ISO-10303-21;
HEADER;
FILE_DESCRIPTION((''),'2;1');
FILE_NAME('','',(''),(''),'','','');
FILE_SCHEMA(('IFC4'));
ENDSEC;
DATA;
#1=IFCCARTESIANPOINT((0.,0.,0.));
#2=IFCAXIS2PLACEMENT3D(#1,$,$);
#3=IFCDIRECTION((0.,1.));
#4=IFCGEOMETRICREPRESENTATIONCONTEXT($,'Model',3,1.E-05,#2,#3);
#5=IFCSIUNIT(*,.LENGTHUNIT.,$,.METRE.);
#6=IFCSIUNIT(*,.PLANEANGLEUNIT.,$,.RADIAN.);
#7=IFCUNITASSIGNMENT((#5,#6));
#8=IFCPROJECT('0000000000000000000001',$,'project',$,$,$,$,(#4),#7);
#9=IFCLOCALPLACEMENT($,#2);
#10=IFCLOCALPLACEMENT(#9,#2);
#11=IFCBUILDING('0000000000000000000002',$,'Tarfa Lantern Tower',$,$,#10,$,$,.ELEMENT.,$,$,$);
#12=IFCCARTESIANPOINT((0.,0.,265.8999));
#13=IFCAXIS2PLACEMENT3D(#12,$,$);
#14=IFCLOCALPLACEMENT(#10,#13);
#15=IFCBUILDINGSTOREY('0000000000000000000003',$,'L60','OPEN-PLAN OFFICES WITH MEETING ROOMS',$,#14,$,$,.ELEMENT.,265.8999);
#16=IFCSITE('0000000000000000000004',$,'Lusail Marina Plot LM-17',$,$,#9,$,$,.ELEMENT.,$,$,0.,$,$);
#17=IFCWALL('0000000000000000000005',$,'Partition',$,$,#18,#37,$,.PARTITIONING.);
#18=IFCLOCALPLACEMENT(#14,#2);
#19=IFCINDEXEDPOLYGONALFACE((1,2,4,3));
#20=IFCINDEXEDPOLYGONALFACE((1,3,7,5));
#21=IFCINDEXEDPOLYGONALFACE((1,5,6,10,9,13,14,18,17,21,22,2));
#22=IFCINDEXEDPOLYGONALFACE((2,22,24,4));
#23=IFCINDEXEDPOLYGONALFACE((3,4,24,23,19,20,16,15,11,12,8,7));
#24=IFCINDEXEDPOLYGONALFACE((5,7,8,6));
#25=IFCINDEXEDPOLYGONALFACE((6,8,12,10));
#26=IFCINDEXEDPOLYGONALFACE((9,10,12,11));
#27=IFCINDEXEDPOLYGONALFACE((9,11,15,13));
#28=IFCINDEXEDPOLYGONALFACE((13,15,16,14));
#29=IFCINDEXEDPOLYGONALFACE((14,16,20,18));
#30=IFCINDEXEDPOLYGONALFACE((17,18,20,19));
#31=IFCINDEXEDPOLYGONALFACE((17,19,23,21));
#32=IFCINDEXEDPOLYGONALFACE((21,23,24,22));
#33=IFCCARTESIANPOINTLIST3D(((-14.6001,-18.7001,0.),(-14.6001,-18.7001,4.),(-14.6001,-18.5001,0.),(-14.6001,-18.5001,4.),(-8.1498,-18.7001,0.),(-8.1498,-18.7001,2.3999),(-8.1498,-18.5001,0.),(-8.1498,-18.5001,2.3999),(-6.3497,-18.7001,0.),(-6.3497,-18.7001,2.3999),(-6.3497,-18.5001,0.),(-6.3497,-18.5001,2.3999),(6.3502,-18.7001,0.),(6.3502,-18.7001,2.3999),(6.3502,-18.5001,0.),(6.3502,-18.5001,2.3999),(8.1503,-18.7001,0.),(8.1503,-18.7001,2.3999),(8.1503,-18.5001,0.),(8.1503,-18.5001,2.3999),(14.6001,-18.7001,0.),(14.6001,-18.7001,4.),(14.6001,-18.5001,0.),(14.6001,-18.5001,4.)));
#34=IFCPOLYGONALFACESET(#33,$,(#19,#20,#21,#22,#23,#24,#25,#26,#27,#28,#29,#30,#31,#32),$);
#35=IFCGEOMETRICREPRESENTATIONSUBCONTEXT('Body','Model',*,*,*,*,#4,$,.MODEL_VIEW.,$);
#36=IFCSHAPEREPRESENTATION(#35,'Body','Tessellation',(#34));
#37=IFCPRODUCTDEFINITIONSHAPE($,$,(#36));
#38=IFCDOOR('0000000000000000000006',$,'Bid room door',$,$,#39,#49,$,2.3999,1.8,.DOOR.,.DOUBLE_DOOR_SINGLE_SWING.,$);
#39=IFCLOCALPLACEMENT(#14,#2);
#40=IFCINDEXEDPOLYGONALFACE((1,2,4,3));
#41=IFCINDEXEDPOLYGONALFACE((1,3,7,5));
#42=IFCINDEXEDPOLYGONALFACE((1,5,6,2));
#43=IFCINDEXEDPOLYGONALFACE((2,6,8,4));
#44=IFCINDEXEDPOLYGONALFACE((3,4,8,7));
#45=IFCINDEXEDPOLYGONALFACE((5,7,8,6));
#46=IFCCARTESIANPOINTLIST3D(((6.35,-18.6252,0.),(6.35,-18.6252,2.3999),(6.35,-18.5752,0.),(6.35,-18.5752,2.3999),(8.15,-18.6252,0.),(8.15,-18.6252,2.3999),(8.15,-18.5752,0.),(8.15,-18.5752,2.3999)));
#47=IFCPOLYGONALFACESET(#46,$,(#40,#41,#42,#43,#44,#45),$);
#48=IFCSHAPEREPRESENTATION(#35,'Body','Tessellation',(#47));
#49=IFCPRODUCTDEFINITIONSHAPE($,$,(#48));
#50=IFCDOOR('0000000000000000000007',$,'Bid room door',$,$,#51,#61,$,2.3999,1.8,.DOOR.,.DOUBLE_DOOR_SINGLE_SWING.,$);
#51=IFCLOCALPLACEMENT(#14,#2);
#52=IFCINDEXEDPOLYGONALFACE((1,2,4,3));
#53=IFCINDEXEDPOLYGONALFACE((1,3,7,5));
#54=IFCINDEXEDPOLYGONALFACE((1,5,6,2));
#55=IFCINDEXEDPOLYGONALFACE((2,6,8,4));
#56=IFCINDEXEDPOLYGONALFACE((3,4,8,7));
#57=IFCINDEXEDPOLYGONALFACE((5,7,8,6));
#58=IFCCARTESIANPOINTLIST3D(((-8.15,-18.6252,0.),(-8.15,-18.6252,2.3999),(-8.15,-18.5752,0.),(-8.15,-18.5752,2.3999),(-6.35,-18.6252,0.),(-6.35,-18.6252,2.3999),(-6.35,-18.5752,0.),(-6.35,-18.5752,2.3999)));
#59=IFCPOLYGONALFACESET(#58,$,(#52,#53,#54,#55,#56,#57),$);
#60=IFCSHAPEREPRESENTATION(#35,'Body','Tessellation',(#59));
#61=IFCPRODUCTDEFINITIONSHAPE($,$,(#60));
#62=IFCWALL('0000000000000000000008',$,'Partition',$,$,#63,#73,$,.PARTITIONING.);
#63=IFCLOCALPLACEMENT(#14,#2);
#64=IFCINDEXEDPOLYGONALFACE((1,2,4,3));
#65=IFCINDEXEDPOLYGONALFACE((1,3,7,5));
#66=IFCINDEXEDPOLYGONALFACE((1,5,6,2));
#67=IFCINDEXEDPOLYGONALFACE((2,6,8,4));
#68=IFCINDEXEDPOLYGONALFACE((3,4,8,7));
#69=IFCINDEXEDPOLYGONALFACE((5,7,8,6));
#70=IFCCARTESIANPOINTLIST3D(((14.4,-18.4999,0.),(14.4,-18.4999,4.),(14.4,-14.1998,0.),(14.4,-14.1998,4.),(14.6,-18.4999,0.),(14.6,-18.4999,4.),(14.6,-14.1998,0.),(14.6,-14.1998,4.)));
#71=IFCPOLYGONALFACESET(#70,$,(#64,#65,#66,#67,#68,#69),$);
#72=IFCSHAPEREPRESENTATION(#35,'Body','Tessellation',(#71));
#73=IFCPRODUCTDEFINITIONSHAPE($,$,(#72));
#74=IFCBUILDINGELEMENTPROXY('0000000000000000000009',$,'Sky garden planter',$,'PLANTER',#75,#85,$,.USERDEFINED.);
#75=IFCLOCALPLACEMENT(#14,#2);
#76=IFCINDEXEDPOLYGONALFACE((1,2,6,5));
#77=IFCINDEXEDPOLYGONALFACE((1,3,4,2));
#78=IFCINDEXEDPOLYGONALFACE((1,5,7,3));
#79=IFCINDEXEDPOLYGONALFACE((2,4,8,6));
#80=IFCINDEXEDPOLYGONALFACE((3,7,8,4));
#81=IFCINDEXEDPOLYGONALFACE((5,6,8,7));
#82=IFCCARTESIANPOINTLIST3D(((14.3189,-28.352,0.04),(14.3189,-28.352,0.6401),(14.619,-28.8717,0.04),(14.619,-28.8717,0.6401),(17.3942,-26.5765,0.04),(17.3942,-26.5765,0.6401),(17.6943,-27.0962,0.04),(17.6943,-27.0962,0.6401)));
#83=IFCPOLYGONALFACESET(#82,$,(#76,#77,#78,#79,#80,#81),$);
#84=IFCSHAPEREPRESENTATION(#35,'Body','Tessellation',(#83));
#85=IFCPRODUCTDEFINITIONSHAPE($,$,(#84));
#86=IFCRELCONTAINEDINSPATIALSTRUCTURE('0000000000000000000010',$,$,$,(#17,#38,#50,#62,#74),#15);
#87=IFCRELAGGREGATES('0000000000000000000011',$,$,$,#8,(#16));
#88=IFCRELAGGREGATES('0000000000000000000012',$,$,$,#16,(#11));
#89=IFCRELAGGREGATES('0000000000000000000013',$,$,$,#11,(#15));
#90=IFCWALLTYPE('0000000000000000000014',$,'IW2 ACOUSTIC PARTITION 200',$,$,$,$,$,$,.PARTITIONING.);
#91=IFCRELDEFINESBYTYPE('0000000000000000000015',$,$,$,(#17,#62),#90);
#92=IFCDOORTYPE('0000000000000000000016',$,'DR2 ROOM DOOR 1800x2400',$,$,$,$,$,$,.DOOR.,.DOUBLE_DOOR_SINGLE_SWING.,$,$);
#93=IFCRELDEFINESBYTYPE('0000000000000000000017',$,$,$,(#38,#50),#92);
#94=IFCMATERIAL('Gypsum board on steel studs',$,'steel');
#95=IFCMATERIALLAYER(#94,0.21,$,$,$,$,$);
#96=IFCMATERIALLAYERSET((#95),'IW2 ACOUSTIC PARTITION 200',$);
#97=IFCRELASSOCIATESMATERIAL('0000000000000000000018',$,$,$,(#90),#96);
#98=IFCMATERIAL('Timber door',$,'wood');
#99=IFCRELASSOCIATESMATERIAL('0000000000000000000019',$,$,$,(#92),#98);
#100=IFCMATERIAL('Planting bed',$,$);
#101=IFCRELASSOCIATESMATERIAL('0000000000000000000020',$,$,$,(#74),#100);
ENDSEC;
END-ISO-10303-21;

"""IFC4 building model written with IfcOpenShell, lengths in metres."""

from ifc_helpers import new_model, si_unit, direction, frame, frame_2d, origin, origin_2d, place, context, subcontext, project, spatial, rectangle, extrude, material, layer, layer_set, type_object, element, fill, save


model = new_model("IFC4")

# Units and contexts
model_context = context("Model", 3, precision=1e-05, world=origin(), true_north=direction((0.0, 1.0)))
body_context = subcontext(model_context, "Body", "Model", "MODEL_VIEW")
ifc_project = project(units=[si_unit("LENGTHUNIT", "METRE"), si_unit("PLANEANGLEUNIT", "RADIAN")], contexts=[model_context])

# Site, building, storey
site_placement = place(None, origin())
site = spatial("IfcSite", under=ifc_project, at=site_placement, Name="Lusail Marina Plot LM-17", CompositionType="ELEMENT", RefElevation=0.0)
building_placement = place(site_placement, origin())
building = spatial("IfcBuilding", under=site, at=building_placement, Name="Tarfa Lantern Tower", CompositionType="ELEMENT")
storey_placement = place(building_placement, frame((0.0, 0.0, 265.8999)))
storey = spatial("IfcBuildingStorey", under=building, at=storey_placement, Name="L60", Description="OPEN-PLAN OFFICES WITH MEETING ROOMS", CompositionType="ELEMENT", Elevation=265.8999)

# Shared definitions
ifc_material_1 = material(Name="Gypsum board on steel studs", Category="steel")
ifc_layer_1 = layer(ifc_material_1, 0.21)
ifc_layer_set_1 = layer_set([ifc_layer_1], Name="IW2 ACOUSTIC PARTITION 200")
wall_type_1 = type_object("IfcWallType", Name="IW2 ACOUSTIC PARTITION 200", PredefinedType="PARTITIONING", material=ifc_layer_set_1)

# Wall, openings, doors
wall_1_placement = place(storey_placement, frame((14.6001, -18.6001, 0.0), z_axis=(0.0, 0.0, 1.0), x_axis=(-1.0, 0.0, 0.0)))
wall_1 = element("IfcWall", 1, at=wall_1_placement, inside=storey, type_object=wall_type_1, Name="Partition", PredefinedType="PARTITIONING", context=body_context, shape_type="SweptSolid", body=[
    extrude(rectangle(XDim=29.2002, YDim=0.2, at=frame_2d((14.6001, 0.0))), origin(), (0.0, 0.0, 1.0), 4.0),
])
opening_1_placement = place(wall_1_placement, frame((6.45, 0.0, 0.0)))
opening_1 = element("IfcOpeningElement", 2, at=opening_1_placement, cuts=wall_1, PredefinedType="OPENING", context=body_context, shape_type="SweptSolid", body=[
    extrude(rectangle(XDim=1.8, YDim=2.3999, at=frame_2d((0.8999, 1.2))), frame((0.0, 0.1099, 0.0), z_axis=(0.0, -1.0, 0.0), x_axis=(1.0, 0.0, 0.0)), (0.0, 0.0, 1.0), 0.22),
])
opening_2_placement = place(wall_1_placement, frame((20.95, 0.0, 0.0)))
opening_2 = element("IfcOpeningElement", 3, at=opening_2_placement, cuts=wall_1, PredefinedType="OPENING", context=body_context, shape_type="SweptSolid", body=[
    extrude(rectangle(XDim=1.8, YDim=2.3999, at=frame_2d((0.8999, 1.2))), frame((0.0, 0.1099, 0.0), z_axis=(0.0, -1.0, 0.0), x_axis=(1.0, 0.0, 0.0)), (0.0, 0.0, 1.0), 0.22),
])
ifc_material_2 = material(Name="Timber door", Category="wood")
door_type_1 = type_object("IfcDoorType", Name="DR2 ROOM DOOR 1800x2400", OperationType="DOUBLE_DOOR_SINGLE_SWING", PredefinedType="DOOR", material=ifc_material_2)
door_1_placement = place(opening_1_placement, frame((1.8, 0.0, 0.0), z_axis=(0.0, 0.0, 1.0), x_axis=(-1.0, 0.0, 0.0)))
door_1 = element("IfcDoor", 4, at=door_1_placement, inside=storey, type_object=door_type_1, Name="Bid room door", OperationType="DOUBLE_DOOR_SINGLE_SWING", OverallHeight=2.3999, OverallWidth=1.8, PredefinedType="DOOR", context=body_context, shape_type="SweptSolid", body=[
    extrude(rectangle(XDim=1.8, YDim=2.3999, at=frame_2d((0.8999, 1.2))), frame((0.0, 0.0249, 0.0), z_axis=(0.0, -1.0, 0.0), x_axis=(1.0, 0.0, 0.0)), (0.0, 0.0, 1.0), 0.05),
])
fill(opening_1, door_1)
door_2_placement = place(opening_2_placement, frame((1.8, 0.0, 0.0), z_axis=(0.0, 0.0, 1.0), x_axis=(-1.0, 0.0, 0.0)))
door_2 = element("IfcDoor", 5, at=door_2_placement, inside=storey, type_object=door_type_1, Name="Bid room door", OperationType="DOUBLE_DOOR_SINGLE_SWING", OverallHeight=2.3999, OverallWidth=1.8, PredefinedType="DOOR", context=body_context, shape_type="SweptSolid", body=[
    extrude(rectangle(XDim=1.8, YDim=2.3999, at=frame_2d((0.8999, 1.2))), frame((0.0, 0.0249, 0.0), z_axis=(0.0, -1.0, 0.0), x_axis=(1.0, 0.0, 0.0)), (0.0, 0.0, 1.0), 0.05),
])
fill(opening_2, door_2)

# Wall
wall_2_placement = place(storey_placement, frame((14.5, -14.2, 0.0), z_axis=(0.0, 0.0, 1.0), x_axis=(0.0, -1.0, 0.0)))
element("IfcWall", 6, at=wall_2_placement, inside=storey, type_object=wall_type_1, Name="Partition", PredefinedType="PARTITIONING", context=body_context, shape_type="SweptSolid", body=[
    extrude(rectangle(XDim=4.3, YDim=0.2, at=frame_2d((2.1499, 0.0))), origin(), (0.0, 0.0, 1.0), 4.0),
])

# Building element proxy
ifc_material_3 = material(Name="Planting bed")
proxy_placement = place(storey_placement, frame((16.0066, -27.7241, 0.04), z_axis=(0.0, 0.0, 1.0), x_axis=(0.866025, 0.5, 0.0)))
element("IfcBuildingElementProxy", 7, at=proxy_placement, inside=storey, material=ifc_material_3, Name="Sky garden planter", ObjectType="PLANTER", PredefinedType="USERDEFINED", context=body_context, shape_type="SweptSolid", body=[
    extrude(rectangle(XDim=3.551, YDim=0.6001, at=origin_2d()), origin(), (0.0, 0.0, 1.0), 0.6001),
])

save(model, "model.ifc")
